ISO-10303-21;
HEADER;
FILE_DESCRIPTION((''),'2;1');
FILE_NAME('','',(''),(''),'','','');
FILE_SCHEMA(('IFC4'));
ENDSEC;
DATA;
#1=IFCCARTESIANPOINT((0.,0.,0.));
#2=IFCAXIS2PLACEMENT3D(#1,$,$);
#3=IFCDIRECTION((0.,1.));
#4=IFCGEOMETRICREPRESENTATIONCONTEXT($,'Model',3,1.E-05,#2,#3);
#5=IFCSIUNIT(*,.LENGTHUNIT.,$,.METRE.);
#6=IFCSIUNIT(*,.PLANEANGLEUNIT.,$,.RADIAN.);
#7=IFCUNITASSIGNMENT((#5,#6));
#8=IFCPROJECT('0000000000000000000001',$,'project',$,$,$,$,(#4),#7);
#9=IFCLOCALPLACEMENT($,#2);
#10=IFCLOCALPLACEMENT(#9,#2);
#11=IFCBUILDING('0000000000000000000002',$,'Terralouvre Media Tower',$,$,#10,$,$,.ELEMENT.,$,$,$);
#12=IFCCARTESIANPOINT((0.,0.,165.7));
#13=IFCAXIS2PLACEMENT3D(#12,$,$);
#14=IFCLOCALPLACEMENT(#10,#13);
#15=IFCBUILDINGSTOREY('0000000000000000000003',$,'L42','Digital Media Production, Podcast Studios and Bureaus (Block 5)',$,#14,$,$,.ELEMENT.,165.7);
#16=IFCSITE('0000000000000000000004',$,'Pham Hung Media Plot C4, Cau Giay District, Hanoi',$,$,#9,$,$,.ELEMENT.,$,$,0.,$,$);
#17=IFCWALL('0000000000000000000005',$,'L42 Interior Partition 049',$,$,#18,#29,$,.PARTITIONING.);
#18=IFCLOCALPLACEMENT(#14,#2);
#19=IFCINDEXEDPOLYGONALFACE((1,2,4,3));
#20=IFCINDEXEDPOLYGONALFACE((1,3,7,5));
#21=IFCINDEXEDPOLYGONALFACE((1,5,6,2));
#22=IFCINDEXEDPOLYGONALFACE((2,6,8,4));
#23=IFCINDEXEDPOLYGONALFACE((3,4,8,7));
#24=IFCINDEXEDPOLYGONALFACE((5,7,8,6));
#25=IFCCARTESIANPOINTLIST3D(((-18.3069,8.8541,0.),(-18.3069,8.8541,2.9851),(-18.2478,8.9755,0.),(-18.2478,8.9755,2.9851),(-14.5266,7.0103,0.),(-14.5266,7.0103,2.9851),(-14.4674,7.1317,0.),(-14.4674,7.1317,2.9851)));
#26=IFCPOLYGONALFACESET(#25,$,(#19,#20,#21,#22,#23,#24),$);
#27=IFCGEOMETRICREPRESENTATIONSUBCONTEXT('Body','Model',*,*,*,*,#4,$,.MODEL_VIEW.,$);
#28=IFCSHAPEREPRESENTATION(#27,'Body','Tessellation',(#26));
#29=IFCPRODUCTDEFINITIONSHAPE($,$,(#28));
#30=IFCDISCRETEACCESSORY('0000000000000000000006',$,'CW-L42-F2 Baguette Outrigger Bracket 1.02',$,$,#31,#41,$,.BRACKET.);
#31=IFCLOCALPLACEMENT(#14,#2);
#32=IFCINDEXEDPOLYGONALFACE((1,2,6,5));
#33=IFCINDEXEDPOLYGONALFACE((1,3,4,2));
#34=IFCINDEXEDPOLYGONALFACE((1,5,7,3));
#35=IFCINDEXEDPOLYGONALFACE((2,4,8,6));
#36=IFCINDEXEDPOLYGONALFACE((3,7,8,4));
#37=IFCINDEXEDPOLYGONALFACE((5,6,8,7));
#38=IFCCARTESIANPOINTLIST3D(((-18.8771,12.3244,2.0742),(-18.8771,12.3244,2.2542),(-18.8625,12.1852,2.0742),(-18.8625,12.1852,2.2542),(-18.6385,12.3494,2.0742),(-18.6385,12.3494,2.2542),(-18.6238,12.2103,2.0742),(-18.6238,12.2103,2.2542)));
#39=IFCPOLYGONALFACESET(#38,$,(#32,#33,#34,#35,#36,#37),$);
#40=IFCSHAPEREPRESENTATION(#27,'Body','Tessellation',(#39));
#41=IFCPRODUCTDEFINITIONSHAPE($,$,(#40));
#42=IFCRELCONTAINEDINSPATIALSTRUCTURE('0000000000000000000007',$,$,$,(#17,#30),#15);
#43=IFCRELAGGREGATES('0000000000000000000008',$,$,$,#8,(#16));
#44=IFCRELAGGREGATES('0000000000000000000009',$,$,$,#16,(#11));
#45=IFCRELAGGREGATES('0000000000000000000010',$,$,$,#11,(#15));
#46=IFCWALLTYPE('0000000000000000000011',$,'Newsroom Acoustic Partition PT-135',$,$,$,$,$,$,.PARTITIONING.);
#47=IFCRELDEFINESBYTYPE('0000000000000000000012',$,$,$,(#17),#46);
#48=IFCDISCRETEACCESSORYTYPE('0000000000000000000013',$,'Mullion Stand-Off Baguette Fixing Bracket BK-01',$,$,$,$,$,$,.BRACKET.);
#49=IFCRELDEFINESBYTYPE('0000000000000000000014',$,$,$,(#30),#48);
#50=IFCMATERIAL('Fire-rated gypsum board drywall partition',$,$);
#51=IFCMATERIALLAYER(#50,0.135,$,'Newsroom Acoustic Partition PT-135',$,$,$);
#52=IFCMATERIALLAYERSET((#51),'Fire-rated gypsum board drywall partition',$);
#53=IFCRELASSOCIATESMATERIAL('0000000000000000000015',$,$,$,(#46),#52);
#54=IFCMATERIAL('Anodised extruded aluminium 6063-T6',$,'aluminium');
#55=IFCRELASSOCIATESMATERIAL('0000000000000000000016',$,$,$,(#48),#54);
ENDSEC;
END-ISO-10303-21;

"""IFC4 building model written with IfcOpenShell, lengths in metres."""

from ifc_helpers import new_model, si_unit, direction, frame, frame_2d, origin, origin_2d, place, context, subcontext, project, spatial, rectangle, extrude, material, layer, layer_set, type_object, element, save


model = new_model("IFC4")

# Units and contexts
model_context = context("Model", 3, precision=1e-05, world=origin(), true_north=direction((0.0, 1.0)))
body_context = subcontext(model_context, "Body", "Model", "MODEL_VIEW")
ifc_project = project(units=[si_unit("LENGTHUNIT", "METRE"), si_unit("PLANEANGLEUNIT", "RADIAN")], contexts=[model_context])

# Site, building, storey
site_placement = place(None, origin())
site = spatial("IfcSite", under=ifc_project, at=site_placement, Name="Pham Hung Media Plot C4, Cau Giay District, Hanoi", CompositionType="ELEMENT", RefElevation=0.0)
building_placement = place(site_placement, origin())
building = spatial("IfcBuilding", under=site, at=building_placement, Name="Terralouvre Media Tower", CompositionType="ELEMENT")
storey_placement = place(building_placement, frame((0.0, 0.0, 165.7)))
storey = spatial("IfcBuildingStorey", under=building, at=storey_placement, Name="L42", Description="Digital Media Production, Podcast Studios and Bureaus (Block 5)", CompositionType="ELEMENT", Elevation=165.7)

# Shared definitions
ifc_material_1 = material(Name="Fire-rated gypsum board drywall partition")
ifc_layer_1 = layer(ifc_material_1, 0.135, Name="Newsroom Acoustic Partition PT-135")
ifc_layer_set_1 = layer_set([ifc_layer_1], Name="Fire-rated gypsum board drywall partition")
wall_type_1 = type_object("IfcWallType", Name="Newsroom Acoustic Partition PT-135", PredefinedType="PARTITIONING", material=ifc_layer_set_1)

# Wall
wall_1_placement = place(storey_placement, frame((-18.2773, 8.9148, 0.0), z_axis=(0.0, 0.0, 1.0), x_axis=(0.898795, -0.438369, 0.0)))
element("IfcWall", 1, at=wall_1_placement, inside=storey, type_object=wall_type_1, Name="L42 Interior Partition 049", PredefinedType="PARTITIONING", context=body_context, shape_type="SweptSolid", body=[
    extrude(rectangle(XDim=4.2061, YDim=0.135, at=frame_2d((2.103, 0.0))), origin(), (0.0, 0.0, 1.0), 2.9851),
])

# Discrete accessory
ifc_material_2 = material(Name="Anodised extruded aluminium 6063-T6", Category="aluminium")
discrete_accessory_type = type_object("IfcDiscreteAccessoryType", Name="Mullion Stand-Off Baguette Fixing Bracket BK-01", PredefinedType="BRACKET", material=ifc_material_2)
discrete_accessory_placement = place(storey_placement, frame((-18.7505, 12.2673, 2.0742), z_axis=(0.0, 0.0, 1.0), x_axis=(0.104528, -0.994522, 0.0)))
element("IfcDiscreteAccessory", 2, at=discrete_accessory_placement, inside=storey, type_object=discrete_accessory_type, Name="CW-L42-F2 Baguette Outrigger Bracket 1.02", PredefinedType="BRACKET", context=body_context, shape_type="SweptSolid", body=[
    extrude(rectangle(XDim=0.1399, YDim=0.24, at=origin_2d()), origin(), (0.0, 0.0, 1.0), 0.1799),
])

save(model, "model.ifc")
